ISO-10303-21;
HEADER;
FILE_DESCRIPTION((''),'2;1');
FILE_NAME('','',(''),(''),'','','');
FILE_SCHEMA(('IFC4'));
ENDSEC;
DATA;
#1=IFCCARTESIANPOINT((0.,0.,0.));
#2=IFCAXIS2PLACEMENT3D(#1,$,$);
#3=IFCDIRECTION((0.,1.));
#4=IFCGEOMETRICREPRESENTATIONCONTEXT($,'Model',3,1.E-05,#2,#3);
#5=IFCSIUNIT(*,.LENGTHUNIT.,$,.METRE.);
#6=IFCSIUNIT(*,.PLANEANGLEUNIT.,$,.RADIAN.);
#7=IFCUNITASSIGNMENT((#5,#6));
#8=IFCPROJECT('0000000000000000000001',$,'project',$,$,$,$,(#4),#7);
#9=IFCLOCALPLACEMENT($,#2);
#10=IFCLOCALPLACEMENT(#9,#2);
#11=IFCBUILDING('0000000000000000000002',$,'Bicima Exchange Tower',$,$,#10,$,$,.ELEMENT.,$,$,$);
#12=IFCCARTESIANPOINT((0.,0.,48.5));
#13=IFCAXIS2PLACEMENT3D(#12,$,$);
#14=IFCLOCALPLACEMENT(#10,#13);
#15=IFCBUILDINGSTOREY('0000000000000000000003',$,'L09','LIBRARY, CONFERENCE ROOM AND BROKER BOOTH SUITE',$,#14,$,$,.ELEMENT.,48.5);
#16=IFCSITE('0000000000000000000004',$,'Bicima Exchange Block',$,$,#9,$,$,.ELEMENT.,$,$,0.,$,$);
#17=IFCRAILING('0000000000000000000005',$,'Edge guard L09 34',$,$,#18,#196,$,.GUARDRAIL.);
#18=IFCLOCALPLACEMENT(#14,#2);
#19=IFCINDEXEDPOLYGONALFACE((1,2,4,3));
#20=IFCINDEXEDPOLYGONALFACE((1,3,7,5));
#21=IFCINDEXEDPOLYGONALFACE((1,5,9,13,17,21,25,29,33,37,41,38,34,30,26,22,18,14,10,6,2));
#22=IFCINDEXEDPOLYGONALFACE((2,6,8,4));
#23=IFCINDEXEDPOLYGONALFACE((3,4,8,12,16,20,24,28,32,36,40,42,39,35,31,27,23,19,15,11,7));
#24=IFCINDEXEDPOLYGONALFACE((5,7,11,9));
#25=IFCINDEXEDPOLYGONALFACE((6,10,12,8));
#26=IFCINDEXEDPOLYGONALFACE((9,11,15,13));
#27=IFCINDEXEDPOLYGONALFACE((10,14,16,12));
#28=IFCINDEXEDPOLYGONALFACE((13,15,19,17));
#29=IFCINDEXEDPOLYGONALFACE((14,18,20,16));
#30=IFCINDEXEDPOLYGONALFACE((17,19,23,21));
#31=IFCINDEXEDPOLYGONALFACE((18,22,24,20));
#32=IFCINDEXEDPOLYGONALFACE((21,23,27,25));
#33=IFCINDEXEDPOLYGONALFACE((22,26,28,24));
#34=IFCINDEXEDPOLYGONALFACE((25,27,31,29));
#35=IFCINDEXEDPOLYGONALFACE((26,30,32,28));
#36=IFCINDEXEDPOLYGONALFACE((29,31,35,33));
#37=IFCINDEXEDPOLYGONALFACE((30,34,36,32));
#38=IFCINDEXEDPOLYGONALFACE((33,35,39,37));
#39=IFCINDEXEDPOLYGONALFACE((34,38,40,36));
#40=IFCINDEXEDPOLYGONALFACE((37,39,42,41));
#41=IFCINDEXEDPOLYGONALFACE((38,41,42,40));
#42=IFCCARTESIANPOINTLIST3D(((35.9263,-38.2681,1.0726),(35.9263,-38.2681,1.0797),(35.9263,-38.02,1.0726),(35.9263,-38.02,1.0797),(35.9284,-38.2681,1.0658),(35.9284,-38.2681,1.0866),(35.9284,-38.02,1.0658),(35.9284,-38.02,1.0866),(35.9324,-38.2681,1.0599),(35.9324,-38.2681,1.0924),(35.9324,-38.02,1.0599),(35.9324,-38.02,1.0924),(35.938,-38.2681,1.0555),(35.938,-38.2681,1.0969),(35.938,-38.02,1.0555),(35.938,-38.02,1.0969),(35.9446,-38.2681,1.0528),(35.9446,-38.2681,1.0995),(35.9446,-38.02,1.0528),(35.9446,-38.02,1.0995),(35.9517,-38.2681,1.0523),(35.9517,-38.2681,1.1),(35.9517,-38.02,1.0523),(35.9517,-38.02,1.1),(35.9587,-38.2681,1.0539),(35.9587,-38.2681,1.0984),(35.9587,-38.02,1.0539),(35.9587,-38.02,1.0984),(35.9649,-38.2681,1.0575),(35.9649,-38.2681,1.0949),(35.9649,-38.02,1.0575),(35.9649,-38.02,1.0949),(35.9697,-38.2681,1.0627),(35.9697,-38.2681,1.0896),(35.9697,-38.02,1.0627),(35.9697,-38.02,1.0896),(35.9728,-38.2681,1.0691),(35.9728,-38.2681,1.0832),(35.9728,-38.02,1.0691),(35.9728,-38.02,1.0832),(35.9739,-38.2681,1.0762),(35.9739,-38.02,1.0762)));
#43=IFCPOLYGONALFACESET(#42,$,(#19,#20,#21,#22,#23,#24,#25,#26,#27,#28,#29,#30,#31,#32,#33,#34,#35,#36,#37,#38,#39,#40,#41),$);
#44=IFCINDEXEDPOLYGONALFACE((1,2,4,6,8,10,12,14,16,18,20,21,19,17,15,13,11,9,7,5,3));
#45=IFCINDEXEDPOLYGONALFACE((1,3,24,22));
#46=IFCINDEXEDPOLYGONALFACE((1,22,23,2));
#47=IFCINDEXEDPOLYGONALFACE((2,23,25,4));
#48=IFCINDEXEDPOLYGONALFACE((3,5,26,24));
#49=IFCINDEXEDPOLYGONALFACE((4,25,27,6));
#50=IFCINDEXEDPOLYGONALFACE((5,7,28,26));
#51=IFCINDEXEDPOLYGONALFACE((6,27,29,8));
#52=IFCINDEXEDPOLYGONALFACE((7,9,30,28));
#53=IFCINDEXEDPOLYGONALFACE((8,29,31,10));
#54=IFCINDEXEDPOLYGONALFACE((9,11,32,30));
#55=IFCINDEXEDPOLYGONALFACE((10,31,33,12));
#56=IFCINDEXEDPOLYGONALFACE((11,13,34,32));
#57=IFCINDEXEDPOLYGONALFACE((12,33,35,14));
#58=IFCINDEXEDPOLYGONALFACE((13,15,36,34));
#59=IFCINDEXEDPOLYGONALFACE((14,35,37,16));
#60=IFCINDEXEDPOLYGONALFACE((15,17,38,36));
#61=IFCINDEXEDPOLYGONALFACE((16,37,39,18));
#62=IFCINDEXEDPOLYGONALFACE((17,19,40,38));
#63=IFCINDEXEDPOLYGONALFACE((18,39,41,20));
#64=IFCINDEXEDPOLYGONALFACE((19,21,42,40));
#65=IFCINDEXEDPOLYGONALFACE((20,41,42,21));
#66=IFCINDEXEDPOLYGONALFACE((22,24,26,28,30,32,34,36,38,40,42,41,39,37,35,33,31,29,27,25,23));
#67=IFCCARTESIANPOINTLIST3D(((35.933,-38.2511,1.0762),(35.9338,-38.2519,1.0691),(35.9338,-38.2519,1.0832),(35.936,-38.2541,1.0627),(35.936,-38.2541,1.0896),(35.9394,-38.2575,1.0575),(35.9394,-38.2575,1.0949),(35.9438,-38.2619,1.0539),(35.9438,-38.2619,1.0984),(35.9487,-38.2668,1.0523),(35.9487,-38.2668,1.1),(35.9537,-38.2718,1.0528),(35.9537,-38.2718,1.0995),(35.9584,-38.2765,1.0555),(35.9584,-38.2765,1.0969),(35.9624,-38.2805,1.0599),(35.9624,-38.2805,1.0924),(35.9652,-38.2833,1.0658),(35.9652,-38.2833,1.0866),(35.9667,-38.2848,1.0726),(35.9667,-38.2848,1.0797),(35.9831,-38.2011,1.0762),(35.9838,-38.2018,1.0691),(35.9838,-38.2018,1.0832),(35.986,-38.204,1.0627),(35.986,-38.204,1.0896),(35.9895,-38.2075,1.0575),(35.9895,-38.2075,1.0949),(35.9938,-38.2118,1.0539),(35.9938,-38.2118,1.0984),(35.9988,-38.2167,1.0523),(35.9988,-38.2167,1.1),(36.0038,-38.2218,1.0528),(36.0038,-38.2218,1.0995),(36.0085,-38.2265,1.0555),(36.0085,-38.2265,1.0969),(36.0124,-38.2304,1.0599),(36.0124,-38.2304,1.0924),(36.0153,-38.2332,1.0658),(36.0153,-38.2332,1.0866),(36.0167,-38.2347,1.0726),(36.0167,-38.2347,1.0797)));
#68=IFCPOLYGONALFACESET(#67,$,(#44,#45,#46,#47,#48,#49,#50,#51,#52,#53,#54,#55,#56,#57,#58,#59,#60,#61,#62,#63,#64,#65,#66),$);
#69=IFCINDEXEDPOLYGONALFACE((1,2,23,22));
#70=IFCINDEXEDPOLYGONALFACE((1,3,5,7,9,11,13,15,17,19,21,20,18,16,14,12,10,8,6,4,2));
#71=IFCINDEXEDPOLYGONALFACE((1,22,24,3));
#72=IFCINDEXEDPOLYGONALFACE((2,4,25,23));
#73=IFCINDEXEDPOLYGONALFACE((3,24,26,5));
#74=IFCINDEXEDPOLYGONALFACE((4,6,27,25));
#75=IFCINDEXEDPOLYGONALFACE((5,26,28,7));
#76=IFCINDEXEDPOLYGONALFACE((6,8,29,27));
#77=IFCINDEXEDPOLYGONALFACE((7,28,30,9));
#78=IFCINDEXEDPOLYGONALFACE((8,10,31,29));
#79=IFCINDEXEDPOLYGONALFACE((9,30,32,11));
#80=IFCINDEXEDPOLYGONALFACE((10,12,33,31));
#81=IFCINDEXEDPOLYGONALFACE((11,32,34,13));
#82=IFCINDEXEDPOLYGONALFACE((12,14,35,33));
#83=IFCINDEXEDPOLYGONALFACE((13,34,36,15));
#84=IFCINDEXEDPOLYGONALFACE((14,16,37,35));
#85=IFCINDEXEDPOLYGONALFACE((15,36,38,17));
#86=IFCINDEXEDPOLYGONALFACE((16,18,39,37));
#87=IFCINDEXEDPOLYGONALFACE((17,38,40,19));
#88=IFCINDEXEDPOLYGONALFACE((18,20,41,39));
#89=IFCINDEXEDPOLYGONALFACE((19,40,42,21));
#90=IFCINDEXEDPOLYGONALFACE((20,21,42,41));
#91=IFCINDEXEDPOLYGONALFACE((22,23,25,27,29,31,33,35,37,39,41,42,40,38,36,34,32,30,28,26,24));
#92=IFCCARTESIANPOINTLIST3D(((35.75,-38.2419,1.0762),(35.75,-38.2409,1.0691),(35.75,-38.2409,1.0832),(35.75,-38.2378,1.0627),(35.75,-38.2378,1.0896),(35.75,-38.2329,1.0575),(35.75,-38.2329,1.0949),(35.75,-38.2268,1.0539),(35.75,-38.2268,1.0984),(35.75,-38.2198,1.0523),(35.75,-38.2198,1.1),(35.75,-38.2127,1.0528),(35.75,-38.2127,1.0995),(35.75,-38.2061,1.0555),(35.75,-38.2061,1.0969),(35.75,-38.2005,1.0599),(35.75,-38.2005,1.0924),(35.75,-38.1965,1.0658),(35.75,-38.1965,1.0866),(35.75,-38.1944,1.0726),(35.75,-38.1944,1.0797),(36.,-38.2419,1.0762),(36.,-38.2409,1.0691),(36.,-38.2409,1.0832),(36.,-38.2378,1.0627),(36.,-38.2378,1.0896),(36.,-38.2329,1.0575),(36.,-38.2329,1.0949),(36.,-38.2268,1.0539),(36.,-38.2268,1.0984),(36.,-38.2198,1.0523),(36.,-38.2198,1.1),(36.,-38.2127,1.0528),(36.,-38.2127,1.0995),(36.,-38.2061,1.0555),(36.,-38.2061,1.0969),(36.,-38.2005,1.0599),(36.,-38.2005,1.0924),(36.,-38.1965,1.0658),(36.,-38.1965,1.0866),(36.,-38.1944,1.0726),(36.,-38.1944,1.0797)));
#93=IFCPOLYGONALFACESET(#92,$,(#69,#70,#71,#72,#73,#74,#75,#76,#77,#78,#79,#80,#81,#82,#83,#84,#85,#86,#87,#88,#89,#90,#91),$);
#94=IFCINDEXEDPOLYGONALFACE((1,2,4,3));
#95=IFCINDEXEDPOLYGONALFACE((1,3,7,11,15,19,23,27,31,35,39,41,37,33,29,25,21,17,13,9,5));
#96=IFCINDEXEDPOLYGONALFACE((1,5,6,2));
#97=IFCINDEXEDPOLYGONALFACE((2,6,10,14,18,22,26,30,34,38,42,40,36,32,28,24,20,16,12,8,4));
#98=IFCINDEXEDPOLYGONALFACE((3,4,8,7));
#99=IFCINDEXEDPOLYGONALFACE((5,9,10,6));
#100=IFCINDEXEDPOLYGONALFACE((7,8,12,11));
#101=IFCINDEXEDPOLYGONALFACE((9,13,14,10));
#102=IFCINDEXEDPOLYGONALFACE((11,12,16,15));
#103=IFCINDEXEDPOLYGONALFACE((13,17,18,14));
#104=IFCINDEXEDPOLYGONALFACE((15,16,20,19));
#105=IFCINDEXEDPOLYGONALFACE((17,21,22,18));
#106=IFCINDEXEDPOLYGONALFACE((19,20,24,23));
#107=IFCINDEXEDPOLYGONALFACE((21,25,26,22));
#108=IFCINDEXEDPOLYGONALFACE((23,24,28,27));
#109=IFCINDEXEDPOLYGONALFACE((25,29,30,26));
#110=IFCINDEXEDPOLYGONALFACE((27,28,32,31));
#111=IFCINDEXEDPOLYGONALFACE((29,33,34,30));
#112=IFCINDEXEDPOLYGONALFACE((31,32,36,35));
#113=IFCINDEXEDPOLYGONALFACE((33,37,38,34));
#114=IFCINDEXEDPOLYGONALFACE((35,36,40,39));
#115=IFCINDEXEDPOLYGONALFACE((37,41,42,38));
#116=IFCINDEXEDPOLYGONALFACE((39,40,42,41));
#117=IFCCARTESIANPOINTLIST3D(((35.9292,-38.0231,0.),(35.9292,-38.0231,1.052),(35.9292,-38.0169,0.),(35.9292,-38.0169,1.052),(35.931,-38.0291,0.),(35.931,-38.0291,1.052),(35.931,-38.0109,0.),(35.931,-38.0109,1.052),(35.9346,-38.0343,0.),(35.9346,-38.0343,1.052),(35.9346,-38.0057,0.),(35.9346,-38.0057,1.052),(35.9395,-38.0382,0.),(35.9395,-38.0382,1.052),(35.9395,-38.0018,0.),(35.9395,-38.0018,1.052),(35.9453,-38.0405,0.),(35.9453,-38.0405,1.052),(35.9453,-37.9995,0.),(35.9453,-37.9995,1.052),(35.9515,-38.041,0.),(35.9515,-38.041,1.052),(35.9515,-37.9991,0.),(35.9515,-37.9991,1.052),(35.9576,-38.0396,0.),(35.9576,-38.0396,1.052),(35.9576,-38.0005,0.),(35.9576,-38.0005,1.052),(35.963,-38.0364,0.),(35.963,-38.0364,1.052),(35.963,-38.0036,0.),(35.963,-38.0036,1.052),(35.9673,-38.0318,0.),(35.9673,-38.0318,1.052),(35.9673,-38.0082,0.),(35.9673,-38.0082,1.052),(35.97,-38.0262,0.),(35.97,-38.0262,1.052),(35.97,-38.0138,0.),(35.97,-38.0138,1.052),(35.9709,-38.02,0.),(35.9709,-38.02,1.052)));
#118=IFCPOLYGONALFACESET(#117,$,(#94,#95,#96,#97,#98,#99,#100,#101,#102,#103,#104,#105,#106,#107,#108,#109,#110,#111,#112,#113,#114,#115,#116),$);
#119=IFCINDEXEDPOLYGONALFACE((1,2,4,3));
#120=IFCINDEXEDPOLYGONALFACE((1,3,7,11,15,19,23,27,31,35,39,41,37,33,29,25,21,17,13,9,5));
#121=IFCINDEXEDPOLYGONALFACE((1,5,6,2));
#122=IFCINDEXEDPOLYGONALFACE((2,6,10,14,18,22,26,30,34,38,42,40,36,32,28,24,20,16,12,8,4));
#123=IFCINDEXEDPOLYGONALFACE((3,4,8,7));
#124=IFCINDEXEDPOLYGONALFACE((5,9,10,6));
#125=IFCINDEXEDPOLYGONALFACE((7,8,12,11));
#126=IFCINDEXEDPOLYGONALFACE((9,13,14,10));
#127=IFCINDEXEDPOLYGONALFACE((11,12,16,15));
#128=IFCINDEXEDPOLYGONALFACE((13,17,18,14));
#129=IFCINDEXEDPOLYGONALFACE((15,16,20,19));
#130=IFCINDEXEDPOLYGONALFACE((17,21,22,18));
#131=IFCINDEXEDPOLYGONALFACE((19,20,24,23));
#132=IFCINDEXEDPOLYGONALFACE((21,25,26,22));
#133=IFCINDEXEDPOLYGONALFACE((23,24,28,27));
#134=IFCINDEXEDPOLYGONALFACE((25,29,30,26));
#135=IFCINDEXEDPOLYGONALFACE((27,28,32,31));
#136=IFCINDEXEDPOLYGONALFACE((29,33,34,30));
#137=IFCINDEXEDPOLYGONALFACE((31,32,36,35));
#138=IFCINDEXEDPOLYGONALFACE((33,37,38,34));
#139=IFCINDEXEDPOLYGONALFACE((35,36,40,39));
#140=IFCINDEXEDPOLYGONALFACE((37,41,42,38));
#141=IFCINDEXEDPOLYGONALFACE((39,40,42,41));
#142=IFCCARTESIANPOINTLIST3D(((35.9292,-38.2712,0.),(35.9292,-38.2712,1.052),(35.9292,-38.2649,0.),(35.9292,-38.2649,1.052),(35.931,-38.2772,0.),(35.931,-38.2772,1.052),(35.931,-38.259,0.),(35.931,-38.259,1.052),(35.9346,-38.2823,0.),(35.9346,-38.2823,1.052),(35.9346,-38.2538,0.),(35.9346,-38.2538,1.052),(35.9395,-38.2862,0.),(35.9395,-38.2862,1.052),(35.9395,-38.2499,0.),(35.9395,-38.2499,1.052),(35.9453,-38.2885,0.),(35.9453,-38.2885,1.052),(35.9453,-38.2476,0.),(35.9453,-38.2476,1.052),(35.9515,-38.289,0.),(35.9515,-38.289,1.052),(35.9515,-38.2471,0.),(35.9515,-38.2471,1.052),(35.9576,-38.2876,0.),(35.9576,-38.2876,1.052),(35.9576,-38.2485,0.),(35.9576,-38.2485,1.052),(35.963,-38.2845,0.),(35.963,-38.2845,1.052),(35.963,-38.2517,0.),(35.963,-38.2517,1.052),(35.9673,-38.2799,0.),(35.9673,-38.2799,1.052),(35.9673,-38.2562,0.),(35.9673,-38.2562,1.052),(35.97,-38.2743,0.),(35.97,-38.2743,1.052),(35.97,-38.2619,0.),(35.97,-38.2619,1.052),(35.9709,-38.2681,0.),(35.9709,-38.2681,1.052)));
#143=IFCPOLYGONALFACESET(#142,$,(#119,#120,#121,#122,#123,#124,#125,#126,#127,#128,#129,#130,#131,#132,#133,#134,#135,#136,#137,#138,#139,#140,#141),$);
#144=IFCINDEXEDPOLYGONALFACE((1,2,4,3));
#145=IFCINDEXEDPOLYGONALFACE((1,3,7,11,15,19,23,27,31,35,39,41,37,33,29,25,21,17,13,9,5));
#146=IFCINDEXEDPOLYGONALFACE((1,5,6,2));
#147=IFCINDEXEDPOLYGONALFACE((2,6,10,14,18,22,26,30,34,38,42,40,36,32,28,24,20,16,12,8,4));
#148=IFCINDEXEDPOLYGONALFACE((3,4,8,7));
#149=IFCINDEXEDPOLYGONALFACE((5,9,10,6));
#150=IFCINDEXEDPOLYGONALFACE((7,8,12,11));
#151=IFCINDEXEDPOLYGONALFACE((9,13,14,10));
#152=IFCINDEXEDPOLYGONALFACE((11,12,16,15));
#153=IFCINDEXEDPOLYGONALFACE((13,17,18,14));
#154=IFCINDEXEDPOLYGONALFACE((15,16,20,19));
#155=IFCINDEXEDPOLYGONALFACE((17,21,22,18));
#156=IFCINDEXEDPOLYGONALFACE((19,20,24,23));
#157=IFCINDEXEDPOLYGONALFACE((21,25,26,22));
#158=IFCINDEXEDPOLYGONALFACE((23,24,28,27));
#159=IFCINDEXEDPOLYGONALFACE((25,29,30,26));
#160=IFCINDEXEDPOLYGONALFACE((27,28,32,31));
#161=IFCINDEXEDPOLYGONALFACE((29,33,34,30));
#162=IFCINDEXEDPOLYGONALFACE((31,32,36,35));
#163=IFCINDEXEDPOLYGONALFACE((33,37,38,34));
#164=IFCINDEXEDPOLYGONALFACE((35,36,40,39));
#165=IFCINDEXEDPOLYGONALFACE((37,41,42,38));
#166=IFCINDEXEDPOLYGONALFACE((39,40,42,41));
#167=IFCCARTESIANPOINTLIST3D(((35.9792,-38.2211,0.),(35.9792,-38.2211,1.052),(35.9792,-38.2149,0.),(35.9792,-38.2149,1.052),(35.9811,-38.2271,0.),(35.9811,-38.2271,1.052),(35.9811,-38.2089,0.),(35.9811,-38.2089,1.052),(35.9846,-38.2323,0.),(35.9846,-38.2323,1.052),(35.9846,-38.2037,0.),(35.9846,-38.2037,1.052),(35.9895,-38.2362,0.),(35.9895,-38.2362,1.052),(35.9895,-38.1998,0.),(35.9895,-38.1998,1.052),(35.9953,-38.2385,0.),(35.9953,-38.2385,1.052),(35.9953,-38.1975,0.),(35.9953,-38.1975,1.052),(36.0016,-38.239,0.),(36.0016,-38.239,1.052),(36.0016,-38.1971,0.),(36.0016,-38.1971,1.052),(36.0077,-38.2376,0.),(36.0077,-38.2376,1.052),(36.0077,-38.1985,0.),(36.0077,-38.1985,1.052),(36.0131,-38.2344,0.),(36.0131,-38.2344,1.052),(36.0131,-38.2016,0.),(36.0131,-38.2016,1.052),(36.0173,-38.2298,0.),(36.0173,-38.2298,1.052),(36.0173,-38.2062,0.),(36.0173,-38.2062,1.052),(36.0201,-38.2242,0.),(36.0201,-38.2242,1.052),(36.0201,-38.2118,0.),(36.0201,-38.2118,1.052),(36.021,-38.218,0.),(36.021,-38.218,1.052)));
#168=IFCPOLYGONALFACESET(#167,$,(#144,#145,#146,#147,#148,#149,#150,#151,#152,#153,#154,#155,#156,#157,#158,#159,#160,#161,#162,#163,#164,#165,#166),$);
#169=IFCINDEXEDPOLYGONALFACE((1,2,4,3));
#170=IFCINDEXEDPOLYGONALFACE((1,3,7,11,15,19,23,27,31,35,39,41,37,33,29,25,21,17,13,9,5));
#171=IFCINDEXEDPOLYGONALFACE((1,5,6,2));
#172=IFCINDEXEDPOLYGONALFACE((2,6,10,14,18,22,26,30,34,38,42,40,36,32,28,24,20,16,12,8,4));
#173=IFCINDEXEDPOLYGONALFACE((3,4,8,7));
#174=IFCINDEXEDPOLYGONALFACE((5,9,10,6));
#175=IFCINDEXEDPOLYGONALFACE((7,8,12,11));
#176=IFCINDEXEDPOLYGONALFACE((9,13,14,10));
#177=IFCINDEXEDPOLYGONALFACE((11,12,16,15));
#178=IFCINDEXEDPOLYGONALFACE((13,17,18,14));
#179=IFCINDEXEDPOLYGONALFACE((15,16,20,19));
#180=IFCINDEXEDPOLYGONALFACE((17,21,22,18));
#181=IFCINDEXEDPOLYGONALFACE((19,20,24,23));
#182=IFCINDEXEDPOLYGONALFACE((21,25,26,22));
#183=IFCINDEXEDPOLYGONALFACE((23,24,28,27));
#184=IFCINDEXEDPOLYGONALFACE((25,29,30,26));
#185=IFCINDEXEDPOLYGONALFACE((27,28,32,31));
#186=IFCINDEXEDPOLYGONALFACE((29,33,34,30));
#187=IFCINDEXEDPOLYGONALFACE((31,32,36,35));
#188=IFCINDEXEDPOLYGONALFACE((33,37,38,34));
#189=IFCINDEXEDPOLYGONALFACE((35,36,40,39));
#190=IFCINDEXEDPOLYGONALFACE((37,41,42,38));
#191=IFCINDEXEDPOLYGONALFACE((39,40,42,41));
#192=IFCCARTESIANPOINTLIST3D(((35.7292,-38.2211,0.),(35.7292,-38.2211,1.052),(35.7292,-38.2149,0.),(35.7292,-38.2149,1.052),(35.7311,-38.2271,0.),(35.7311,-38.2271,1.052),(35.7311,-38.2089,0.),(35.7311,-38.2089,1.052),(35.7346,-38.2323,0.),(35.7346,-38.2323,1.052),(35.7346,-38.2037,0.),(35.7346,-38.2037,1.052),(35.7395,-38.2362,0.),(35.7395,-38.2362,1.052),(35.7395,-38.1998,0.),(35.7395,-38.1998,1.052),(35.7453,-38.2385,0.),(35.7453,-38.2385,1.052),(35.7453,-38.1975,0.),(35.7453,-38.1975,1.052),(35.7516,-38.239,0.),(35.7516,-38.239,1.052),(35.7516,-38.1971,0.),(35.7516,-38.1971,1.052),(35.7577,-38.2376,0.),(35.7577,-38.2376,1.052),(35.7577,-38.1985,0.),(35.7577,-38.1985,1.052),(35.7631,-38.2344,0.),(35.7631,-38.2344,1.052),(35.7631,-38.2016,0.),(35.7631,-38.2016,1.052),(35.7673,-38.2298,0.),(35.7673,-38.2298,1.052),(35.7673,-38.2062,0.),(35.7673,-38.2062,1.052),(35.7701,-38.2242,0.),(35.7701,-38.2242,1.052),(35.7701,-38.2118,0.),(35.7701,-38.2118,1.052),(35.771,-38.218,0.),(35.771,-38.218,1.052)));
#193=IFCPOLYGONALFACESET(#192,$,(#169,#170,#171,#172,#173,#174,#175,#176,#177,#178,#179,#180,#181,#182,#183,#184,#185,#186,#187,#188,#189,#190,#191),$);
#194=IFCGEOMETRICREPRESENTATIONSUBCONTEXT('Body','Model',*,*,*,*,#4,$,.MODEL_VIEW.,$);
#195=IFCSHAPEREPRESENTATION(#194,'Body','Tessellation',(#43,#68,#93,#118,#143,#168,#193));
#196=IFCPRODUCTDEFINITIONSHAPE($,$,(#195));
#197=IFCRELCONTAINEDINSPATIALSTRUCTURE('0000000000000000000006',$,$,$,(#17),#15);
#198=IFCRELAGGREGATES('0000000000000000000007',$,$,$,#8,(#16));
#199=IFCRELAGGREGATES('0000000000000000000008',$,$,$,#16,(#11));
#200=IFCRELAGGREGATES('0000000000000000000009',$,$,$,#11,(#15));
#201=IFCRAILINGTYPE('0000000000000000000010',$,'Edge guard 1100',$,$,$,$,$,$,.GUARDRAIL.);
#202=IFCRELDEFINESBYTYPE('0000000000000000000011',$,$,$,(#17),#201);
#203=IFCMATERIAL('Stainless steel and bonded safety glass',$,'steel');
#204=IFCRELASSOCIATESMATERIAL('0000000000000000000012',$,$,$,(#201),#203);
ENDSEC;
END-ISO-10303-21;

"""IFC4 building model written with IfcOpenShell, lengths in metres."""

from ifc_helpers import new_model, si_unit, direction, frame, origin, origin_2d, place, context, subcontext, project, spatial, circle, extrude, material, type_object, element, save


model = new_model("IFC4")

# Units and contexts
model_context = context("Model", 3, precision=1e-05, world=origin(), true_north=direction((0.0, 1.0)))
body_context = subcontext(model_context, "Body", "Model", "MODEL_VIEW")
ifc_project = project(units=[si_unit("LENGTHUNIT", "METRE"), si_unit("PLANEANGLEUNIT", "RADIAN")], contexts=[model_context])

# Site, building, storey
site_placement = place(None, origin())
site = spatial("IfcSite", under=ifc_project, at=site_placement, Name="Bicima Exchange Block", CompositionType="ELEMENT", RefElevation=0.0)
building_placement = place(site_placement, origin())
building = spatial("IfcBuilding", under=site, at=building_placement, Name="Bicima Exchange Tower", CompositionType="ELEMENT")
storey_placement = place(building_placement, frame((0.0, 0.0, 48.5)))
storey = spatial("IfcBuildingStorey", under=building, at=storey_placement, Name="L09", Description="LIBRARY, CONFERENCE ROOM AND BROKER BOOTH SUITE", CompositionType="ELEMENT", Elevation=48.5)

# Railing
ifc_material_1 = material(Name="Stainless steel and bonded safety glass", Category="steel")
railing_type = type_object("IfcRailingType", Name="Edge guard 1100", PredefinedType="GUARDRAIL", material=ifc_material_1)
railing_1_placement = place(storey_placement, frame((35.95, -38.02, 0.0)))
element("IfcRailing", 1, at=railing_1_placement, inside=storey, type_object=railing_type, Name="Edge guard L09 34", PredefinedType="GUARDRAIL", context=body_context, shape_type="SweptSolid", body=[
    extrude(circle(Radius=0.0239, at=origin_2d()), frame((0.0, 0.0, 1.0762), z_axis=(0.0, -1.0, 0.0), x_axis=(1.0, 0.0, 0.0)), (0.0, 0.0, 1.0), 0.248),
    extrude(circle(Radius=0.0239, at=origin_2d()), frame((0.0, -0.248, 1.0762), z_axis=(0.707107, 0.707107, 0.0), x_axis=(-0.707107, 0.707107, 0.0)), (0.0, 0.0, 1.0), 0.0708),
    extrude(circle(Radius=0.0239, at=origin_2d()), frame((0.05, -0.198, 1.0762), z_axis=(-1.0, 0.0, 0.0), x_axis=(0.0, -1.0, 0.0)), (0.0, 0.0, 1.0), 0.25),
    extrude(circle(Radius=0.021, at=origin_2d()), origin(), (0.0, 0.0, 1.0), 1.052),
    extrude(circle(Radius=0.021, at=origin_2d()), frame((0.0, -0.248, 0.0)), (0.0, 0.0, 1.0), 1.052),
    extrude(circle(Radius=0.021, at=origin_2d()), frame((0.05, -0.198, 0.0)), (0.0, 0.0, 1.0), 1.052),
    extrude(circle(Radius=0.021, at=origin_2d()), frame((-0.2, -0.198, 0.0)), (0.0, 0.0, 1.0), 1.052),
])

save(model, "model.ifc")
